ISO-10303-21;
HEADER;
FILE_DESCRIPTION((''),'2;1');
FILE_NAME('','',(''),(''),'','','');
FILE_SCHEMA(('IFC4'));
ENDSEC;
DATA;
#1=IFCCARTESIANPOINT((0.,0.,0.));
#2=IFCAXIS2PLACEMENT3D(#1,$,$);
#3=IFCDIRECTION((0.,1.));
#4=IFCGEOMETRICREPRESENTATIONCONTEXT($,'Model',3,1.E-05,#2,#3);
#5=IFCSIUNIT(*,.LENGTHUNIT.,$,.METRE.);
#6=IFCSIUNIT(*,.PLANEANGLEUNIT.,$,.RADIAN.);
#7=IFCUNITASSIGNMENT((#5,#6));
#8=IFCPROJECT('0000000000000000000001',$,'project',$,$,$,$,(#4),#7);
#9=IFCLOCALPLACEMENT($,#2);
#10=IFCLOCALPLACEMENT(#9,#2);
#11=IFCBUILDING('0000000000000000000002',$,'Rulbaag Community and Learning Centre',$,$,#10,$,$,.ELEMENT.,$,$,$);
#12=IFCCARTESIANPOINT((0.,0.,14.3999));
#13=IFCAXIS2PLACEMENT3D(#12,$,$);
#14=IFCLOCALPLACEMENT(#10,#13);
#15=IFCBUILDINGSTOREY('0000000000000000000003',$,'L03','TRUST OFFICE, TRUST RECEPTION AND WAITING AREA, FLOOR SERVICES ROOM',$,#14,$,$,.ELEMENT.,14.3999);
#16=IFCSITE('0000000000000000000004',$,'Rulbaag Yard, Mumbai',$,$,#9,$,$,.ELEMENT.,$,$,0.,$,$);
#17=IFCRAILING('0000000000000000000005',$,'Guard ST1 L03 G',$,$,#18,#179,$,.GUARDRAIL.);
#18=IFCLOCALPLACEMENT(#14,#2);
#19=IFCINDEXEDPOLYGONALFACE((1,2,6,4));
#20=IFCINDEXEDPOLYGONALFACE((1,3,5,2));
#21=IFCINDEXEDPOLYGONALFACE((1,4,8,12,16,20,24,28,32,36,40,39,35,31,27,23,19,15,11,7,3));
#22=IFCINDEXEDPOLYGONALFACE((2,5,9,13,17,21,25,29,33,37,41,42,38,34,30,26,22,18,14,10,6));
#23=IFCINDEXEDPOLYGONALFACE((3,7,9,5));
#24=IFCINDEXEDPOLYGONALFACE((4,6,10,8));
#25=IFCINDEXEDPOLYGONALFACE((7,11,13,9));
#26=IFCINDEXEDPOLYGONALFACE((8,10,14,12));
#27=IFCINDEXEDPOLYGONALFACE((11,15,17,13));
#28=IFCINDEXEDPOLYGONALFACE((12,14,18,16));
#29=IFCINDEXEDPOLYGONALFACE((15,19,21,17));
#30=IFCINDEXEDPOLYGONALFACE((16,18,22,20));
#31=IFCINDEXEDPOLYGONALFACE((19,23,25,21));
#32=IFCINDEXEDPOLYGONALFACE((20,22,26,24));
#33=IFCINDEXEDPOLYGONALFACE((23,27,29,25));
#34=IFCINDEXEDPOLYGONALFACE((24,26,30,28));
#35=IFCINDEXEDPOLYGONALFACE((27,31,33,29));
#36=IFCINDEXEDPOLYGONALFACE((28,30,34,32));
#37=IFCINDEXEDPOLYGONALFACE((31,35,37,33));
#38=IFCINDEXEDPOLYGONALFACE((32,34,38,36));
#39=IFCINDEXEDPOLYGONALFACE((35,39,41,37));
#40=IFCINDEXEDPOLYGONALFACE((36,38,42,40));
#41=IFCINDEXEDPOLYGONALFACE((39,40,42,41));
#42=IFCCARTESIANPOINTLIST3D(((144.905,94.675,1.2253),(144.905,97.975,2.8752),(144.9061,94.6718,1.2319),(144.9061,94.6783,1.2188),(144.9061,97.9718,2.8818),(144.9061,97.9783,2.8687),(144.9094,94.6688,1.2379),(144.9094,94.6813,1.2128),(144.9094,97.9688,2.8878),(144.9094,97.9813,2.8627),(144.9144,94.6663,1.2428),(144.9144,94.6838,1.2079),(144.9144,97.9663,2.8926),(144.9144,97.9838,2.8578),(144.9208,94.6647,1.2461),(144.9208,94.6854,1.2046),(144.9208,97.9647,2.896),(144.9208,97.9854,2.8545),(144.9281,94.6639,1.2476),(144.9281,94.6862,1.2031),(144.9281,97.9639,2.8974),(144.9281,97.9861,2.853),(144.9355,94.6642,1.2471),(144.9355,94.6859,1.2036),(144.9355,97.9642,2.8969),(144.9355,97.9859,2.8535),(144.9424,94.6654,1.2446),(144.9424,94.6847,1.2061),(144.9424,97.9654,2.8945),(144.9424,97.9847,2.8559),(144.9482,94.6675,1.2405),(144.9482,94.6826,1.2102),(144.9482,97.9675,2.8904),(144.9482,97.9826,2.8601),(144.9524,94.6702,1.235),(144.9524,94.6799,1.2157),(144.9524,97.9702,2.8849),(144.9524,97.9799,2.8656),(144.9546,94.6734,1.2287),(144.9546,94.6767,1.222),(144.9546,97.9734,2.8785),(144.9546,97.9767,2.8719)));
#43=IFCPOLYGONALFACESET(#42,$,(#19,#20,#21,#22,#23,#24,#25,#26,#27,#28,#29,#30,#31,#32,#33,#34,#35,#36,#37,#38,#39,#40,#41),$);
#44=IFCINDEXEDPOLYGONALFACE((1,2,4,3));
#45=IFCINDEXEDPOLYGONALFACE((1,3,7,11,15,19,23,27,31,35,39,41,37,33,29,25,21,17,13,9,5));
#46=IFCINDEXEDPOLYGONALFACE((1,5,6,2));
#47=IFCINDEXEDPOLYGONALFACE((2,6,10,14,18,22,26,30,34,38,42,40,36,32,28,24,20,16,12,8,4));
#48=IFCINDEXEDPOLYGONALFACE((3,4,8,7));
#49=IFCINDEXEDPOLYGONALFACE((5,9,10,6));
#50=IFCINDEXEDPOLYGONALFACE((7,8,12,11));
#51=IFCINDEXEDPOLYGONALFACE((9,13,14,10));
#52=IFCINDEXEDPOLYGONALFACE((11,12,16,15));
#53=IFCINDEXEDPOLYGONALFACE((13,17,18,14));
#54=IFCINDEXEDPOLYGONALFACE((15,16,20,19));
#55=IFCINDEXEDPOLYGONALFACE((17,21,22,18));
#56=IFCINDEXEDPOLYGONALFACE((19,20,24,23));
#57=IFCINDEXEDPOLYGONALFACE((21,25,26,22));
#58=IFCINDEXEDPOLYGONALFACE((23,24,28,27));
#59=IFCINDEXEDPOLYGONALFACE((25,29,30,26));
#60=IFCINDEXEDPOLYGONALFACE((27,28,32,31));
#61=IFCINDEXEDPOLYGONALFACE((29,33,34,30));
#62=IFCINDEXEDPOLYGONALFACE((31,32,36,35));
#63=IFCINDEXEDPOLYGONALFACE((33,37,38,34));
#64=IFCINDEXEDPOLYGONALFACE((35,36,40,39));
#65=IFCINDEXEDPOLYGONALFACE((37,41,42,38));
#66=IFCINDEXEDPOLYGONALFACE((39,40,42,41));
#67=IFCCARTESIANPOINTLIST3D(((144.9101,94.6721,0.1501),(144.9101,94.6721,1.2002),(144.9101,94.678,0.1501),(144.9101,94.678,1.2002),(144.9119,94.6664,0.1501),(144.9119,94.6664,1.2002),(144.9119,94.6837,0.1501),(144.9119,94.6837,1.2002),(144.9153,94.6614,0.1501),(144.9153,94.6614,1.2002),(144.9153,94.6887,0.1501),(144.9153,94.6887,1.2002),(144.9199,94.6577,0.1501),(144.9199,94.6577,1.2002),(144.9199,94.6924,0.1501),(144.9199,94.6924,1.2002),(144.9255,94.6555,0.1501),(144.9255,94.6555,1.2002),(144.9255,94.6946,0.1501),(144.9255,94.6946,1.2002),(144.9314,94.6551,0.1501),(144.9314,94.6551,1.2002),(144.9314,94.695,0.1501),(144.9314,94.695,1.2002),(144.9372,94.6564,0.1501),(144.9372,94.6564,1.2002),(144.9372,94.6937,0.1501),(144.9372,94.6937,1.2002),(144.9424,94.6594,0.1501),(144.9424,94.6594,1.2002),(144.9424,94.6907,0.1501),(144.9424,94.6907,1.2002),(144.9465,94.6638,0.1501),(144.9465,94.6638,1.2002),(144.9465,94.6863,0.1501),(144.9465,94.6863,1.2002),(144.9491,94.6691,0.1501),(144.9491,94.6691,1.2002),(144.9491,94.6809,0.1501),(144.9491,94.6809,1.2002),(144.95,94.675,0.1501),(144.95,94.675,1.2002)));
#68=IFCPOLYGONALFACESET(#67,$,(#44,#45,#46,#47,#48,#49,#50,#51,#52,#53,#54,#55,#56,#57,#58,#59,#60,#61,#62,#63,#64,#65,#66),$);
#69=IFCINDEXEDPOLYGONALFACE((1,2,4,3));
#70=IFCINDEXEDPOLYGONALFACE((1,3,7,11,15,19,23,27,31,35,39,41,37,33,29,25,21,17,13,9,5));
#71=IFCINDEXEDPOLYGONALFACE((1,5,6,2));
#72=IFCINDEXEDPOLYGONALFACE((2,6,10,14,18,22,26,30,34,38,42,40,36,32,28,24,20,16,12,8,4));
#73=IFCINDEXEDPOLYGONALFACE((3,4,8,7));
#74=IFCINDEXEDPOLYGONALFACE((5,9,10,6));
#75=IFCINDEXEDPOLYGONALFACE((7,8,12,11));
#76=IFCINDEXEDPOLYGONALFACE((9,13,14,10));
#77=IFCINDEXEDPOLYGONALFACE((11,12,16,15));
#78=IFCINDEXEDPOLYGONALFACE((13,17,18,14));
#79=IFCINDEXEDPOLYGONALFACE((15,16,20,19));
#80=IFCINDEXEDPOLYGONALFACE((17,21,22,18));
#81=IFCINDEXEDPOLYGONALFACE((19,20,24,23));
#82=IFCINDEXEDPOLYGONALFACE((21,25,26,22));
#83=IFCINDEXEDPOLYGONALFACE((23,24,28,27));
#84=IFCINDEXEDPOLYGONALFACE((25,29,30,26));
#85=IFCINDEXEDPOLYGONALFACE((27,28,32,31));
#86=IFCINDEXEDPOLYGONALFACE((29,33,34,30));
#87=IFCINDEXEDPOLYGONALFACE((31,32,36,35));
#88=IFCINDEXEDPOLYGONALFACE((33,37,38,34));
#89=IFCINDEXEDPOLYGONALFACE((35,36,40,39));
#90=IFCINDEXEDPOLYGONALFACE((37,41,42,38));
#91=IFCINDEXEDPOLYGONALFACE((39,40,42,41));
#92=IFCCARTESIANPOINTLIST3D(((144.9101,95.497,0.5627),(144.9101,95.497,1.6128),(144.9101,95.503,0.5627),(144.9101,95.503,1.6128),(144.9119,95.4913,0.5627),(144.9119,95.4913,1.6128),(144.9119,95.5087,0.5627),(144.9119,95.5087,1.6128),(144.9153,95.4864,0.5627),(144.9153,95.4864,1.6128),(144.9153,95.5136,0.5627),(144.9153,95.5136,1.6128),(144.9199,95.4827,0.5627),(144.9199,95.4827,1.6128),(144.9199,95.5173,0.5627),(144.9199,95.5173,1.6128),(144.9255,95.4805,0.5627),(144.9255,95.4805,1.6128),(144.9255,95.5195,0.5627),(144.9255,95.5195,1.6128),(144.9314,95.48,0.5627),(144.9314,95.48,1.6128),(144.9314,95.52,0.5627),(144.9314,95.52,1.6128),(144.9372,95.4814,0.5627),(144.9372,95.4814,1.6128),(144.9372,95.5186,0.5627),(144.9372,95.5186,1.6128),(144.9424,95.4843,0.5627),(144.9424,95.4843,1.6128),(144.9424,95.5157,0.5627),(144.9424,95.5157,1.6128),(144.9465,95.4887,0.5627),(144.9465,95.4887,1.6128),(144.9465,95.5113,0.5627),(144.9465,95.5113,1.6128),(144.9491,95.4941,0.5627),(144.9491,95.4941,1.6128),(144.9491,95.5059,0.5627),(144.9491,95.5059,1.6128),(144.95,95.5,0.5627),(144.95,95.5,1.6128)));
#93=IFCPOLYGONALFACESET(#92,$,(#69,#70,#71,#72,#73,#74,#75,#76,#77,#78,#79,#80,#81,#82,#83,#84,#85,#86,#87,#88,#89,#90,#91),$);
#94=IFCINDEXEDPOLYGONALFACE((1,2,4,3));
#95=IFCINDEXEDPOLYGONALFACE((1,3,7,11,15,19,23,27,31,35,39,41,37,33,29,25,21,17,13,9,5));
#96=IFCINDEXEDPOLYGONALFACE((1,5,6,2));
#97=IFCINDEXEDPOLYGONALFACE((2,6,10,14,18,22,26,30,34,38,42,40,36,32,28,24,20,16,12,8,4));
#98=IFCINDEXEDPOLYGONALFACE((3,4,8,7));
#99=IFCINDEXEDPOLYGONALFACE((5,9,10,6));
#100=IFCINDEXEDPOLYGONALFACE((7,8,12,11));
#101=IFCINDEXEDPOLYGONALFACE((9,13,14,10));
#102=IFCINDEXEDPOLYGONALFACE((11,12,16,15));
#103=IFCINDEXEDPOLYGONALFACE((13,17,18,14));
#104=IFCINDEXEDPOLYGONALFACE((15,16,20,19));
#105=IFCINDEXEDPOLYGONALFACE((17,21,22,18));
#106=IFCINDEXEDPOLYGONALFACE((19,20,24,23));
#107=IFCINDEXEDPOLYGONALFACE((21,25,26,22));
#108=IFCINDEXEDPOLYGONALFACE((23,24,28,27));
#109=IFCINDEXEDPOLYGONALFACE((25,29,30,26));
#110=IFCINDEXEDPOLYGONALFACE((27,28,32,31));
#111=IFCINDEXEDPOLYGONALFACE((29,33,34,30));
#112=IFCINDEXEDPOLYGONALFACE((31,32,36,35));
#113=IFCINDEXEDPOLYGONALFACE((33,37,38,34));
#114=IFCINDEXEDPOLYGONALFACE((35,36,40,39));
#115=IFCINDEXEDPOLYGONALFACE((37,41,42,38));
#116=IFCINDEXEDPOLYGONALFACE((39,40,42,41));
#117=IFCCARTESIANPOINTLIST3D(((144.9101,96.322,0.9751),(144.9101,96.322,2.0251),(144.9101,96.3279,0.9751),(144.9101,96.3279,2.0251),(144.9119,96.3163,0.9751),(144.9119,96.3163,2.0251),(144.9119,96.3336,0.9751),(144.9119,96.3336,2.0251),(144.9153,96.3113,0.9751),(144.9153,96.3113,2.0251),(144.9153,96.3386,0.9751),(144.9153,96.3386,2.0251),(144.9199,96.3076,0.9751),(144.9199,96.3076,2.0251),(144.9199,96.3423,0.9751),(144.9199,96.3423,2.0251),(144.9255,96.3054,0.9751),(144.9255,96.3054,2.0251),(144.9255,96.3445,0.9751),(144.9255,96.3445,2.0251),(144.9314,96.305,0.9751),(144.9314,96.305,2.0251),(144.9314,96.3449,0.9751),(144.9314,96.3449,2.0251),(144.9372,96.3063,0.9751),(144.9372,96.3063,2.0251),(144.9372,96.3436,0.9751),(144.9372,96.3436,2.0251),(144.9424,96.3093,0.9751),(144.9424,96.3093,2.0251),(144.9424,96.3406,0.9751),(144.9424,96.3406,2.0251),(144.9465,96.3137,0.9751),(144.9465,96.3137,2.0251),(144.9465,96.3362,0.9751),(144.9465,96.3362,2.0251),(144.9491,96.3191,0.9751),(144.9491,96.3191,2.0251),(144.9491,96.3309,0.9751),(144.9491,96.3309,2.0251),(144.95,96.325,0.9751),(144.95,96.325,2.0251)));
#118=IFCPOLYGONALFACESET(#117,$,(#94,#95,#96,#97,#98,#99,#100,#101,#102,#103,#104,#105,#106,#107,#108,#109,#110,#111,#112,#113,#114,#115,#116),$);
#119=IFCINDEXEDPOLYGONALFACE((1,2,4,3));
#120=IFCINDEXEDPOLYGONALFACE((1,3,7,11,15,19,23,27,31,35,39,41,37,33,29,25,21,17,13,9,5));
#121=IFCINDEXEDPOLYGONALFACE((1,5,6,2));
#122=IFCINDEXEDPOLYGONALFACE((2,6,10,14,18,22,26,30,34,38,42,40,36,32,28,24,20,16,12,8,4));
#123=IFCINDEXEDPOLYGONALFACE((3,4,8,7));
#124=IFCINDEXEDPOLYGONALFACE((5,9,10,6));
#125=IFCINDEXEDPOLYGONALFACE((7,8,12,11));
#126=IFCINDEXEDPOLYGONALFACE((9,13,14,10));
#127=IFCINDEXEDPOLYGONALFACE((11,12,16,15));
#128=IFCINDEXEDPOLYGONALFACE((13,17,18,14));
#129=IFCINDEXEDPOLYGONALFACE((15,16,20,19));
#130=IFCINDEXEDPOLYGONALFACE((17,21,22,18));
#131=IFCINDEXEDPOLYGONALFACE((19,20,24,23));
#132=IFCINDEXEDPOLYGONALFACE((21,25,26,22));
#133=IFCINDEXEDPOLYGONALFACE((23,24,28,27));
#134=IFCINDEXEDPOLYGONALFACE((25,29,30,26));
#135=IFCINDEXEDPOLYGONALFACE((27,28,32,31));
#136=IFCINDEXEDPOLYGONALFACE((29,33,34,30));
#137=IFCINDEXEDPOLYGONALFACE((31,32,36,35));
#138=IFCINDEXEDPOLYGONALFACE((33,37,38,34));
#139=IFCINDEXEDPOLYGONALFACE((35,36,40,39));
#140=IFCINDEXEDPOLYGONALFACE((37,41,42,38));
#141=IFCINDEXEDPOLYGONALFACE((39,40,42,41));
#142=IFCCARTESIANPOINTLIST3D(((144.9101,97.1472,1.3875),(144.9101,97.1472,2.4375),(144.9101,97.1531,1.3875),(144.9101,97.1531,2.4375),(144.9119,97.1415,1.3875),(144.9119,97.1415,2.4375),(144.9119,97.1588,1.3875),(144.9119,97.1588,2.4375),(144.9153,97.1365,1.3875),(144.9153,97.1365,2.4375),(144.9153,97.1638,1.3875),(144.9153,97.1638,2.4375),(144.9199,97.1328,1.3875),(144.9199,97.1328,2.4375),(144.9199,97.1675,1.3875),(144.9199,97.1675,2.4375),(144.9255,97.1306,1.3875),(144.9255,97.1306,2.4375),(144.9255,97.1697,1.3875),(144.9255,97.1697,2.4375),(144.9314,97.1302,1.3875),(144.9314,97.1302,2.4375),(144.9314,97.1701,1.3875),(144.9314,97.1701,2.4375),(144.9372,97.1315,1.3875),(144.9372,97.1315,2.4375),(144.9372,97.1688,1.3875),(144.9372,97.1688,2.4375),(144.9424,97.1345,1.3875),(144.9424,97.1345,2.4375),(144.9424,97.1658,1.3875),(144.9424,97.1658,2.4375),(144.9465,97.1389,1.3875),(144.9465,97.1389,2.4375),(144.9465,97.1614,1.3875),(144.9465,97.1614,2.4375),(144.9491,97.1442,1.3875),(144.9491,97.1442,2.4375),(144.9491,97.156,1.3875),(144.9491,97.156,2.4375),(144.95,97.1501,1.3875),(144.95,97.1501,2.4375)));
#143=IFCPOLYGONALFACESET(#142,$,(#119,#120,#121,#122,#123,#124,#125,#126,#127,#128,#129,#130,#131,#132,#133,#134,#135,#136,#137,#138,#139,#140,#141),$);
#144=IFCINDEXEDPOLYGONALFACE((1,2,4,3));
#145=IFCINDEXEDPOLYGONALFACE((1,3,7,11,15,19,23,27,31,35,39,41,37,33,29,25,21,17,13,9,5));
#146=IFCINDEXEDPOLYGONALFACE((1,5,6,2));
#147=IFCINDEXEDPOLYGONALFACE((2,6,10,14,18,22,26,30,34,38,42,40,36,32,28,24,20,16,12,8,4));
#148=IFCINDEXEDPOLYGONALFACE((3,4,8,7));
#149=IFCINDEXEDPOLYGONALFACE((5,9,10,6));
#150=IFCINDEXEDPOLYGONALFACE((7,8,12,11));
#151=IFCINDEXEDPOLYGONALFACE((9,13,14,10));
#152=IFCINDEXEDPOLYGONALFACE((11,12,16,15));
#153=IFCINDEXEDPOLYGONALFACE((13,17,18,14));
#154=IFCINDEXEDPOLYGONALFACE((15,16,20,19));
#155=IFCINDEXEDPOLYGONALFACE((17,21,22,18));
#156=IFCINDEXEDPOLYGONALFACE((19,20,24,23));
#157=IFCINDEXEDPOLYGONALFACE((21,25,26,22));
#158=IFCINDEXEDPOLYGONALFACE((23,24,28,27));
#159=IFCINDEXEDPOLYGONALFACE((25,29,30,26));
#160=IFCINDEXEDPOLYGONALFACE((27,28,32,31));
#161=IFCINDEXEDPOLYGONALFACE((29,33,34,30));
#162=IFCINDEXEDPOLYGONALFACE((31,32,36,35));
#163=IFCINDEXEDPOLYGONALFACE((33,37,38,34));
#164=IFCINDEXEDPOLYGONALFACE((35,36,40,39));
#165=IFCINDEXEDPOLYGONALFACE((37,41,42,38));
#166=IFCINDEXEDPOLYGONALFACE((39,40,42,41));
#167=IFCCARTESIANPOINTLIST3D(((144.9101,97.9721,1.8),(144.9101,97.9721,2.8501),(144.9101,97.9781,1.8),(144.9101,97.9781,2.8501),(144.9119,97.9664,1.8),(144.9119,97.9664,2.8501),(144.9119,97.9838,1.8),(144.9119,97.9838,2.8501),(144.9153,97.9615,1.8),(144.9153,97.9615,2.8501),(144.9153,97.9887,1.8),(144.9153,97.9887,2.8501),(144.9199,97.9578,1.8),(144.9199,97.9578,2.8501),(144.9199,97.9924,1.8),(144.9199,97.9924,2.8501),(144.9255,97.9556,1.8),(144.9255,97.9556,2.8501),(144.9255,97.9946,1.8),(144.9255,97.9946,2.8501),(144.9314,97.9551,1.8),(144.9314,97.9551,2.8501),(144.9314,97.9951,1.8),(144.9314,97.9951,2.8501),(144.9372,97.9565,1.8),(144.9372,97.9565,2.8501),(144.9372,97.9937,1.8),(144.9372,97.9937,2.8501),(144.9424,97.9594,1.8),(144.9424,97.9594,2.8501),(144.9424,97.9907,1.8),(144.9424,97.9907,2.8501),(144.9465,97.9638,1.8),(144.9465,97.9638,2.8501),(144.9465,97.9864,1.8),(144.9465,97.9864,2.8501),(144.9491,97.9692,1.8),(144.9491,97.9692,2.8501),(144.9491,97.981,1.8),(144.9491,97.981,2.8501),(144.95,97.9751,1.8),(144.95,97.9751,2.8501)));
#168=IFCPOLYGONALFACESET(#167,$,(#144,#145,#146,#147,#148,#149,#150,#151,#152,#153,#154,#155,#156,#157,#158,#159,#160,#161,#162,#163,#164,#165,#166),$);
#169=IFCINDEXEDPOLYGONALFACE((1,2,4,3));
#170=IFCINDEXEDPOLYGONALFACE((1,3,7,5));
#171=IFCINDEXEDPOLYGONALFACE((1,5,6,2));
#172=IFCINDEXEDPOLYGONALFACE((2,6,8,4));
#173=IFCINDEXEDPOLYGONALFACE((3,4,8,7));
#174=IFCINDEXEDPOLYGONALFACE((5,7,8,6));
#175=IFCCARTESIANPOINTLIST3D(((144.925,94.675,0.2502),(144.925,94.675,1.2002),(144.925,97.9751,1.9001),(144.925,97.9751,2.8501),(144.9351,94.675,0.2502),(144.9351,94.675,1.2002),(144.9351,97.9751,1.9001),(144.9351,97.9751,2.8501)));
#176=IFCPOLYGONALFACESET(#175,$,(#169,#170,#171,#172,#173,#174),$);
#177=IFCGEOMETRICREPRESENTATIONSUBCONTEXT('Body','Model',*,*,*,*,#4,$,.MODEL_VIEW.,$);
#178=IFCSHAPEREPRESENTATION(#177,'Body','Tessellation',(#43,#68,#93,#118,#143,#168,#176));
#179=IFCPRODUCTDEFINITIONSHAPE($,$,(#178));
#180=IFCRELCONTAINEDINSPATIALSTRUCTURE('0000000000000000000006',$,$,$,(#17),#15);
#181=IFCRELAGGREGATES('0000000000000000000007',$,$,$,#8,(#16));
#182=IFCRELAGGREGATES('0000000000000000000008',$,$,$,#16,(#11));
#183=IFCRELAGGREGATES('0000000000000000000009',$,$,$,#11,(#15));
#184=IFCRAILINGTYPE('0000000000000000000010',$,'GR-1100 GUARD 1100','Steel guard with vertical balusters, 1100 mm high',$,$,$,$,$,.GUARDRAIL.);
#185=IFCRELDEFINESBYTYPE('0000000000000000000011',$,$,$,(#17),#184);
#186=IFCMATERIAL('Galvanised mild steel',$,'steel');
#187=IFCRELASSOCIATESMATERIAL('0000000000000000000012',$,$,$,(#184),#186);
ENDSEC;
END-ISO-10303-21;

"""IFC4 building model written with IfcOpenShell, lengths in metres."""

from ifc_helpers import new_model, si_unit, direction, frame, origin, origin_2d, place, context, subcontext, project, spatial, polyline, circle, outline, extrude, material, type_object, element, save


model = new_model("IFC4")

# Units and contexts
model_context = context("Model", 3, precision=1e-05, world=origin(), true_north=direction((0.0, 1.0)))
body_context = subcontext(model_context, "Body", "Model", "MODEL_VIEW")
ifc_project = project(units=[si_unit("LENGTHUNIT", "METRE"), si_unit("PLANEANGLEUNIT", "RADIAN")], contexts=[model_context])

# Site, building, storey
site_placement = place(None, origin())
site = spatial("IfcSite", under=ifc_project, at=site_placement, Name="Rulbaag Yard, Mumbai", CompositionType="ELEMENT", RefElevation=0.0)
building_placement = place(site_placement, origin())
building = spatial("IfcBuilding", under=site, at=building_placement, Name="Rulbaag Community and Learning Centre", CompositionType="ELEMENT")
storey_placement = place(building_placement, frame((0.0, 0.0, 14.3999)))
storey = spatial("IfcBuildingStorey", under=building, at=storey_placement, Name="L03", Description="TRUST OFFICE, TRUST RECEPTION AND WAITING AREA, FLOOR SERVICES ROOM", CompositionType="ELEMENT", Elevation=14.3999)

# Railing
ifc_material_1 = material(Name="Galvanised mild steel", Category="steel")
railing_type_1 = type_object("IfcRailingType", Name="GR-1100 GUARD 1100", Description="Steel guard with vertical balusters, 1100 mm high", PredefinedType="GUARDRAIL", material=ifc_material_1)
railing_1_placement = place(storey_placement, frame((144.9299, 94.675, 0.1501)))
element("IfcRailing", 1, at=railing_1_placement, inside=storey, type_object=railing_type_1, Name="Guard ST1 L03 G", PredefinedType="GUARDRAIL", context=body_context, shape_type="SweptSolid", body=[
    extrude(circle(Radius=0.0249, at=origin_2d()), frame((0.0, 0.0, 1.0752), z_axis=(0.0, 0.89444, 0.447187), x_axis=(-1.0, 0.0, 0.0)), (0.0, 0.0, 1.0), 3.6895),
    extrude(circle(Radius=0.02, at=origin_2d()), origin(), (0.0, 0.0, 1.0), 1.05),
    extrude(circle(Radius=0.02, at=origin_2d()), frame((0.0, 0.825, 0.4126)), (0.0, 0.0, 1.0), 1.05),
    extrude(circle(Radius=0.02, at=origin_2d()), frame((0.0, 1.6499, 0.825)), (0.0, 0.0, 1.0), 1.05),
    extrude(circle(Radius=0.02, at=origin_2d()), frame((0.0, 2.4751, 1.2373)), (0.0, 0.0, 1.0), 1.05),
    extrude(circle(Radius=0.02, at=origin_2d()), frame((0.0, 3.3, 1.6499)), (0.0, 0.0, 1.0), 1.05),
    extrude(outline(polyline([(0.0, 0.0), (3.3, 1.6499), (3.3, 2.5999), (0.0, 0.95), (0.0, 0.0)])), frame((-0.0049, 0.0, 0.1001), z_axis=(1.0, 0.0, 0.0), x_axis=(0.0, 1.0, 0.0)), (0.0, 0.0, 1.0), 0.01),
])

save(model, "model.ifc")
